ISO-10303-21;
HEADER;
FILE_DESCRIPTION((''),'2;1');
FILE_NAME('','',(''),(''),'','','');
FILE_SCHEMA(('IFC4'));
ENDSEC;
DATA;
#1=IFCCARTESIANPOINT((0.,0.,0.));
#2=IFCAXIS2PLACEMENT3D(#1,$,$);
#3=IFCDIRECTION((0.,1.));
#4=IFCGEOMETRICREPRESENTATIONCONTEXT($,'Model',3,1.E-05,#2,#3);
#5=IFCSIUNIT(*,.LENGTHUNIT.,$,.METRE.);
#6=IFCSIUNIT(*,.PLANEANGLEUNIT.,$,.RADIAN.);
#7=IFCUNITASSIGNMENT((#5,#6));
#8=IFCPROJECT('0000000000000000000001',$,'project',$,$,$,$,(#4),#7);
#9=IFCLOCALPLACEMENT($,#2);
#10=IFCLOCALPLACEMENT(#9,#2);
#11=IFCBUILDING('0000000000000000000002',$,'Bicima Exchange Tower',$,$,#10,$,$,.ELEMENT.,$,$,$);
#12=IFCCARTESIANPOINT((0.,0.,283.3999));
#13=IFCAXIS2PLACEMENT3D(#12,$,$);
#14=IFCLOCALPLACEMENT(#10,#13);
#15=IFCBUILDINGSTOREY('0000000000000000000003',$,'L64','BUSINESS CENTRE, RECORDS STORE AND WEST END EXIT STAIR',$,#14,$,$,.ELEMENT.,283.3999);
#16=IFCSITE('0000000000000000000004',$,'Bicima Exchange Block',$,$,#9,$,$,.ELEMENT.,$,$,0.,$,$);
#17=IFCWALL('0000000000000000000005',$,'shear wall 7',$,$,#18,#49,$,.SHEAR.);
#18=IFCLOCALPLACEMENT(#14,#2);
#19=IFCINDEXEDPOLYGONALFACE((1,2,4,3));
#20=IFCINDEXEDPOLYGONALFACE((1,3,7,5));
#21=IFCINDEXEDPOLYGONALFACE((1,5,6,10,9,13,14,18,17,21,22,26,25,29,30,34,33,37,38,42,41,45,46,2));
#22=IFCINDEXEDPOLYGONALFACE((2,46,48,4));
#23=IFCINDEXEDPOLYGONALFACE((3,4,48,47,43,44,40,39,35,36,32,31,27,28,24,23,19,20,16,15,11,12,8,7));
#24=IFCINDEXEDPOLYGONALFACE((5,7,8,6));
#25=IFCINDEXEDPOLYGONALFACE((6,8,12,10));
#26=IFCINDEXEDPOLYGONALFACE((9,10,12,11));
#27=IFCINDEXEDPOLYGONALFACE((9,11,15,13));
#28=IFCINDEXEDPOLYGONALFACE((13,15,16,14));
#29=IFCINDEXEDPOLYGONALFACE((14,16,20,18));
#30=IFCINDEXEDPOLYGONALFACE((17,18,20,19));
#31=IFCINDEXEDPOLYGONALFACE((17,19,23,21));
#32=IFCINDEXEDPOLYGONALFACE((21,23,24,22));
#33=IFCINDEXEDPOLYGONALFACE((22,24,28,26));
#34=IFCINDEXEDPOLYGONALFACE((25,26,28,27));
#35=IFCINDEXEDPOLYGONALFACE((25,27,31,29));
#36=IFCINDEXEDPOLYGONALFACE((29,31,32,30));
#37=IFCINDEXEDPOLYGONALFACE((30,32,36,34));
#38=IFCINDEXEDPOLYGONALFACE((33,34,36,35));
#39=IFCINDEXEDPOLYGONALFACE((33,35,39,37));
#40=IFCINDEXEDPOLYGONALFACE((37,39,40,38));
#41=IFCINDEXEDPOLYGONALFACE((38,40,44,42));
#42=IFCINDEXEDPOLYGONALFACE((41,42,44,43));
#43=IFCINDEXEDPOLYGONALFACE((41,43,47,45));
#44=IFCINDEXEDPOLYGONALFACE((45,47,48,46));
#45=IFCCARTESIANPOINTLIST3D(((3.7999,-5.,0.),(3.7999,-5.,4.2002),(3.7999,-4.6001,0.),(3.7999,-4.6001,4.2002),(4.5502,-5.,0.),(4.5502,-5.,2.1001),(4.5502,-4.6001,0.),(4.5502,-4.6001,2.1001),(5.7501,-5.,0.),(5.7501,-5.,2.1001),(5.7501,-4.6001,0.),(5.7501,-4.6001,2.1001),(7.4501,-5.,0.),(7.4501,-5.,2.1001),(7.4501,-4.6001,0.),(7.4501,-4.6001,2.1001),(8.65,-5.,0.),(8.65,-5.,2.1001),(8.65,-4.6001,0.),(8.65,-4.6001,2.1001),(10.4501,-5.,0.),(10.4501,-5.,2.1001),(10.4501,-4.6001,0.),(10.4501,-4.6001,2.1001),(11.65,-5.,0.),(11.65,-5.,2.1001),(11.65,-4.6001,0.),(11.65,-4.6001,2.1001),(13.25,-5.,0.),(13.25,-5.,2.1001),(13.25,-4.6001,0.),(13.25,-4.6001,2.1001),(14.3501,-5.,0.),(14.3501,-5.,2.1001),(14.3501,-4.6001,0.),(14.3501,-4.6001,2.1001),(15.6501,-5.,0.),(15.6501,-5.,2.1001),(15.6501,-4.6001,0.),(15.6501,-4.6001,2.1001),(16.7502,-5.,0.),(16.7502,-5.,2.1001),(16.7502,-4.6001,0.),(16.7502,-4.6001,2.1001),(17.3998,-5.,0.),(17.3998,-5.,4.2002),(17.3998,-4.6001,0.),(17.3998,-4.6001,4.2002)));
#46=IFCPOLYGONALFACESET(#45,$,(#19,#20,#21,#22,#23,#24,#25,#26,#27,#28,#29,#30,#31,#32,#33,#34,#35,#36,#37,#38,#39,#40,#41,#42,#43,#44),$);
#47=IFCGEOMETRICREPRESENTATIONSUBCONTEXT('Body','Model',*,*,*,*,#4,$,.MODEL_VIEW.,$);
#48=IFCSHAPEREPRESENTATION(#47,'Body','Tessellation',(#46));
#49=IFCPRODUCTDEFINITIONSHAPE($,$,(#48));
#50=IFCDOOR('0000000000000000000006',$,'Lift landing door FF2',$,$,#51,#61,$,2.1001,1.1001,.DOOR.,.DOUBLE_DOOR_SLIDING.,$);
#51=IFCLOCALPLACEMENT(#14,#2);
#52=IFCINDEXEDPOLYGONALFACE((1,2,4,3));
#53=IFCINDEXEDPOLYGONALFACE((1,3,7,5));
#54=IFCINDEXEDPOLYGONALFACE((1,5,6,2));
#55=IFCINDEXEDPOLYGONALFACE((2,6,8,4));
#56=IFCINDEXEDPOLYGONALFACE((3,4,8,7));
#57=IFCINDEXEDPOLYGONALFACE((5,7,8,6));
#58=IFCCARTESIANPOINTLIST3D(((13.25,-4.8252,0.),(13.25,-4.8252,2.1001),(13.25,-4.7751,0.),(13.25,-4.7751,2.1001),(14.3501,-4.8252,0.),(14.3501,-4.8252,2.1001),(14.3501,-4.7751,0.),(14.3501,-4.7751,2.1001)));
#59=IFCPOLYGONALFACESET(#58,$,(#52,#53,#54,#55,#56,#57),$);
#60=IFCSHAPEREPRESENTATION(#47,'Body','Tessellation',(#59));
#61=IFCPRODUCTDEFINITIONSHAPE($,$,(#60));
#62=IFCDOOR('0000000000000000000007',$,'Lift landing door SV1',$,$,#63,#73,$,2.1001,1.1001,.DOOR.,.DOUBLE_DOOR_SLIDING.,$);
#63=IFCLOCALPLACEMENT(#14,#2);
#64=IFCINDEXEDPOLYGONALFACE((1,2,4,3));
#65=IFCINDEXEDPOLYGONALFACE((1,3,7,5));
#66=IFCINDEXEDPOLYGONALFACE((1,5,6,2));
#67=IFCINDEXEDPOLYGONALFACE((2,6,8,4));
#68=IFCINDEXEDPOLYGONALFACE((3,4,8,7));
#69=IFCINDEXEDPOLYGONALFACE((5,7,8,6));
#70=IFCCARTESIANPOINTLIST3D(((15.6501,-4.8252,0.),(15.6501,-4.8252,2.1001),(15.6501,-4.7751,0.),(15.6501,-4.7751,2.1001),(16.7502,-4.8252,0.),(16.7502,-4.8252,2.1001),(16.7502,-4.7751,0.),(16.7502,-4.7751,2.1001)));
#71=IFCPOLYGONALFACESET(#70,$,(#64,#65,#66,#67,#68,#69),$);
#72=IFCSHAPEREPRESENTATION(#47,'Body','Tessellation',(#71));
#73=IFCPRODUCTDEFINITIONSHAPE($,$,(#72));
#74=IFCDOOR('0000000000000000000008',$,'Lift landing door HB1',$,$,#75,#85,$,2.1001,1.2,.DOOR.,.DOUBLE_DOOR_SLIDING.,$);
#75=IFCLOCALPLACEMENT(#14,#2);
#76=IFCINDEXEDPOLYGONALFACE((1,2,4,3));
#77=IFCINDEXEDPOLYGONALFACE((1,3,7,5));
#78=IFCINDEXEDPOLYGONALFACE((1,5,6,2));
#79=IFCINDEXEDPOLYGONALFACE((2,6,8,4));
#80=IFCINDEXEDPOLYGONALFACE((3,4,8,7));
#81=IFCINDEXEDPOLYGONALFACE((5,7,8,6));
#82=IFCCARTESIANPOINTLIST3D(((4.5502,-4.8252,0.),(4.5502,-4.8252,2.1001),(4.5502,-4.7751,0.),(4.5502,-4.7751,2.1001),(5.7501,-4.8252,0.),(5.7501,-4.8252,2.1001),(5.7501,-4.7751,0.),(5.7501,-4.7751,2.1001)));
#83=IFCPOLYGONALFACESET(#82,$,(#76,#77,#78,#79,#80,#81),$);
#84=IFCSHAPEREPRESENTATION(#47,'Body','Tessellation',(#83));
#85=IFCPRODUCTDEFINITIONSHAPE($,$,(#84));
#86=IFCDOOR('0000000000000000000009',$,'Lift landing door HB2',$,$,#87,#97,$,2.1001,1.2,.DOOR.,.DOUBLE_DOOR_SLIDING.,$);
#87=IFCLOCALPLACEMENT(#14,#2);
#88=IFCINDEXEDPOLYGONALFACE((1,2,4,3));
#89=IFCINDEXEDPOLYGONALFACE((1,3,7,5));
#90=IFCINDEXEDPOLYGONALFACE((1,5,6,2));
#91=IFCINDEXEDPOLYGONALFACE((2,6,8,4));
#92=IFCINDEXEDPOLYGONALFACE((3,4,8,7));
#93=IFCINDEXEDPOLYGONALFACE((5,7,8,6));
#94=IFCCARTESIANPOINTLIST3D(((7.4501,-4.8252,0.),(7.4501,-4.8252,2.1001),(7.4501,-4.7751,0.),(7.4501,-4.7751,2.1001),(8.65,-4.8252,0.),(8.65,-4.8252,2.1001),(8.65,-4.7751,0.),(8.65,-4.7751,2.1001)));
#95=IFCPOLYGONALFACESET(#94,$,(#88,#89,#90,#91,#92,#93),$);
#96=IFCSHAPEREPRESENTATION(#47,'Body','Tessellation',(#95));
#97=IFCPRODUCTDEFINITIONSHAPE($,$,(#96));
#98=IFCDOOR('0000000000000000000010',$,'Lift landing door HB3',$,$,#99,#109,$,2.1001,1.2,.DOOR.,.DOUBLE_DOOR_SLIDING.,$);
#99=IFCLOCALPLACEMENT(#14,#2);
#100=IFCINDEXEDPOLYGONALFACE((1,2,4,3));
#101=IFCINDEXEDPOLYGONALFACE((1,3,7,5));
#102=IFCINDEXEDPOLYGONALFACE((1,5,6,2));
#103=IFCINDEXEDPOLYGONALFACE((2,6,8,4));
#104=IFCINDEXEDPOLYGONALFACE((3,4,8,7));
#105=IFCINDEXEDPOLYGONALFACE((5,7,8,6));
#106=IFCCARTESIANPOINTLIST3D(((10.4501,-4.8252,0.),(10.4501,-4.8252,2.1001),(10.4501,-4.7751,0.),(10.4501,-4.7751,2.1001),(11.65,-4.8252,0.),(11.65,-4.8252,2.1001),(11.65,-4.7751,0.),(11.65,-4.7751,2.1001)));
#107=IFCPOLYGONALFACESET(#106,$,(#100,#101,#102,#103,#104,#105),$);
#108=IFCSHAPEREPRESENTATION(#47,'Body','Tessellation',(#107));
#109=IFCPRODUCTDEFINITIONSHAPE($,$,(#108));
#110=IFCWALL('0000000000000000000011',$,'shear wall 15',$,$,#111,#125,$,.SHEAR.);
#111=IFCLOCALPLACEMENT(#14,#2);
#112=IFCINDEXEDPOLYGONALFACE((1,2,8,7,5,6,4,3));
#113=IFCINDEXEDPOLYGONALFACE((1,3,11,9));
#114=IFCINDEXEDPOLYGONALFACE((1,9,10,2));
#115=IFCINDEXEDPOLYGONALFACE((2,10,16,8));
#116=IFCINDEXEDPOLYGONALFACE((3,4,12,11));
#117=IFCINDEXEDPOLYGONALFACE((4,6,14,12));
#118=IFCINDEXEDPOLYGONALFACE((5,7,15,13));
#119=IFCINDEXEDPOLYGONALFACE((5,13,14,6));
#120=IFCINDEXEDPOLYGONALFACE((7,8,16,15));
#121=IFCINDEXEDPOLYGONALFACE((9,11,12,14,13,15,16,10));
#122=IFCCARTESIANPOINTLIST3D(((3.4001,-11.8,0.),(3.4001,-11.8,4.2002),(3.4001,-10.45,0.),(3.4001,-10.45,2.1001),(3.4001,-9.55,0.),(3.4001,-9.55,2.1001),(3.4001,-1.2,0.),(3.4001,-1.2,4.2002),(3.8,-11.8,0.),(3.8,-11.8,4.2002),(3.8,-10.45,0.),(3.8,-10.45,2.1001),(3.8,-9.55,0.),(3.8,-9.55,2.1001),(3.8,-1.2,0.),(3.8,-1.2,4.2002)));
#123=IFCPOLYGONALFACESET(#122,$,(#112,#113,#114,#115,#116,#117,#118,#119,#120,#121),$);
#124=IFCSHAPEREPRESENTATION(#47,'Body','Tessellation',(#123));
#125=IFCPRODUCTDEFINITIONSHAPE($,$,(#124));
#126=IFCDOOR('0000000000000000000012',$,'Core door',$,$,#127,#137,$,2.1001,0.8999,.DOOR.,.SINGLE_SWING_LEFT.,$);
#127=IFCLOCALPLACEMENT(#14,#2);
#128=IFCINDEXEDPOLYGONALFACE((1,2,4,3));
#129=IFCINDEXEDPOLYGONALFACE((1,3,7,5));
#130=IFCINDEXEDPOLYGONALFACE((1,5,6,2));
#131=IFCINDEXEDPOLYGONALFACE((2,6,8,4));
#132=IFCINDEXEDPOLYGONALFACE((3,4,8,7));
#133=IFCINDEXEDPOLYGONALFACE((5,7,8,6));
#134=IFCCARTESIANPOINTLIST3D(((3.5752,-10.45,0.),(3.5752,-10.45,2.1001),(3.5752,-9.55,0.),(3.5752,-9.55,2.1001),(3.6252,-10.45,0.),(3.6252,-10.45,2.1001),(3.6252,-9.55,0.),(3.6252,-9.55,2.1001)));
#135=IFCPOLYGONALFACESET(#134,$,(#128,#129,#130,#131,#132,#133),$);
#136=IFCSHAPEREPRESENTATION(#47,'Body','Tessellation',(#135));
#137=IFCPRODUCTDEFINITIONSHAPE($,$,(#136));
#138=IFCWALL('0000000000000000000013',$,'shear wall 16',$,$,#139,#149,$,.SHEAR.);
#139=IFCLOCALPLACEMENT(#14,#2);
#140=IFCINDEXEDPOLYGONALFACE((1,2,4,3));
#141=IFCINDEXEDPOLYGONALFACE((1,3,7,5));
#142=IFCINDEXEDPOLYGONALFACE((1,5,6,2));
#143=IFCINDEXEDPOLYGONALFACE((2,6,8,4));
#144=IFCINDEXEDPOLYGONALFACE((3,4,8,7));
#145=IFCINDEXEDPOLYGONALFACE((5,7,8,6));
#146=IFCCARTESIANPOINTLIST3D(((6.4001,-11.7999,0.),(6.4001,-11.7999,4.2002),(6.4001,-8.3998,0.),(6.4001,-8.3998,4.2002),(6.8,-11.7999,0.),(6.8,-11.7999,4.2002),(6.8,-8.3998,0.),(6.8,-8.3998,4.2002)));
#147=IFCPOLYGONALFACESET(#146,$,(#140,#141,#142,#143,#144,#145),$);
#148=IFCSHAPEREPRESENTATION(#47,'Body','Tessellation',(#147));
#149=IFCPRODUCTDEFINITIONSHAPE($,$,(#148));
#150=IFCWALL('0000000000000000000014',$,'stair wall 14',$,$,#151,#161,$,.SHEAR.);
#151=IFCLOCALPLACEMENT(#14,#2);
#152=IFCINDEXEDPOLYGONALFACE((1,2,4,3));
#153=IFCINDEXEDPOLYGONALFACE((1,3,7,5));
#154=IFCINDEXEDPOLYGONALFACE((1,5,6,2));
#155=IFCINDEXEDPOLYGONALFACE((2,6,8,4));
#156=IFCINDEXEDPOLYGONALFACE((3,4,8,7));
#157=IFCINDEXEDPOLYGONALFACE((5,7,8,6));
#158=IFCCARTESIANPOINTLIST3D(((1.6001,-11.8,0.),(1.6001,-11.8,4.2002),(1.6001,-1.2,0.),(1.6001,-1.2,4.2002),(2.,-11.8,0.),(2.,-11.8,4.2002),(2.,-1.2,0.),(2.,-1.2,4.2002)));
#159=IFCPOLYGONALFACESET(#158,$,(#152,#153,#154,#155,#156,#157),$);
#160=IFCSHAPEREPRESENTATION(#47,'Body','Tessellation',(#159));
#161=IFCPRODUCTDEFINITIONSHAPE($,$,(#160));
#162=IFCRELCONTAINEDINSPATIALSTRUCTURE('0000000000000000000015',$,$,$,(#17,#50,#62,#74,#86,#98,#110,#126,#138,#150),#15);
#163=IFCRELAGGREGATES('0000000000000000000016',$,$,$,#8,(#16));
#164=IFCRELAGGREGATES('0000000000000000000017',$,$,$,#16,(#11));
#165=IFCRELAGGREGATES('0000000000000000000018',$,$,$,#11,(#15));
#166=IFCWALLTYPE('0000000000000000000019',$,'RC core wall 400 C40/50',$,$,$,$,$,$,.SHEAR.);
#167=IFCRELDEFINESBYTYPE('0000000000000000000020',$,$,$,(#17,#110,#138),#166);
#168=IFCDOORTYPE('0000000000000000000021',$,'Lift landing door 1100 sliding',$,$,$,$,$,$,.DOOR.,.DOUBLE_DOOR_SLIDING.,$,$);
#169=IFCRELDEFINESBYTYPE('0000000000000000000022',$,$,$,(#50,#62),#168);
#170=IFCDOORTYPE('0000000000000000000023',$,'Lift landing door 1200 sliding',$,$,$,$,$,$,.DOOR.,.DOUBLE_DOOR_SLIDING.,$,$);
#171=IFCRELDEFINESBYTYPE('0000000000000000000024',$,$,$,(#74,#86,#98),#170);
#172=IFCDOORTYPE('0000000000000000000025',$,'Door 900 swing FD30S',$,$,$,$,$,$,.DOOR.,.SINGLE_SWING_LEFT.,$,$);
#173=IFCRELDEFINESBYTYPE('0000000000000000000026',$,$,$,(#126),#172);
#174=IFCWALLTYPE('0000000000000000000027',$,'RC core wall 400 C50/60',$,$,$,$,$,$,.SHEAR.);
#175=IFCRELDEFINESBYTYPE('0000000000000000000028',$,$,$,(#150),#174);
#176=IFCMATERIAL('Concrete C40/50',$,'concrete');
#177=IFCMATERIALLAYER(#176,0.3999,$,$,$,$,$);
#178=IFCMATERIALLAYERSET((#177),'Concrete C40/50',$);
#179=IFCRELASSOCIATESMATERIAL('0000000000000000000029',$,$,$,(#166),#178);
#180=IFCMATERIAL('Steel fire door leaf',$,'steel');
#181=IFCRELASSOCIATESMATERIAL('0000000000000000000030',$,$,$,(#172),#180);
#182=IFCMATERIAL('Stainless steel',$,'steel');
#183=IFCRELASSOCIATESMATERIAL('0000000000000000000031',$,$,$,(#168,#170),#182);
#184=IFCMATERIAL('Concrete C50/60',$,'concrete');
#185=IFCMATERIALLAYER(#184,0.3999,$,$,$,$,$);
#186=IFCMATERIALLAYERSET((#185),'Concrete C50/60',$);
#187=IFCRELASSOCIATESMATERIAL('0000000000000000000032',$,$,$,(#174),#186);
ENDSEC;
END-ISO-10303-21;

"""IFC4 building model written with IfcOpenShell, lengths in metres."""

from ifc_helpers import new_model, si_unit, direction, frame, frame_2d, origin, place, context, subcontext, project, spatial, rectangle, extrude, material, layer, layer_set, type_object, element, fill, save


model = new_model("IFC4")

# Units and contexts
model_context = context("Model", 3, precision=1e-05, world=origin(), true_north=direction((0.0, 1.0)))
body_context = subcontext(model_context, "Body", "Model", "MODEL_VIEW")
ifc_project = project(units=[si_unit("LENGTHUNIT", "METRE"), si_unit("PLANEANGLEUNIT", "RADIAN")], contexts=[model_context])

# Site, building, storey
site_placement = place(None, origin())
site = spatial("IfcSite", under=ifc_project, at=site_placement, Name="Bicima Exchange Block", CompositionType="ELEMENT", RefElevation=0.0)
building_placement = place(site_placement, origin())
building = spatial("IfcBuilding", under=site, at=building_placement, Name="Bicima Exchange Tower", CompositionType="ELEMENT")
storey_placement = place(building_placement, frame((0.0, 0.0, 283.3999)))
storey = spatial("IfcBuildingStorey", under=building, at=storey_placement, Name="L64", Description="BUSINESS CENTRE, RECORDS STORE AND WEST END EXIT STAIR", CompositionType="ELEMENT", Elevation=283.3999)

# Shared definitions
ifc_material_1 = material(Name="Concrete C50/60", Category="concrete")

# Shared definitions
ifc_material_2 = material(Name="Concrete C40/50", Category="concrete")
ifc_layer_1 = layer(ifc_material_2, 0.3999)
ifc_layer_set_1 = layer_set([ifc_layer_1], Name="Concrete C40/50")
wall_type_1 = type_object("IfcWallType", Name="RC core wall 400 C40/50", PredefinedType="SHEAR", material=ifc_layer_set_1)
ifc_material_3 = material(Name="Steel fire door leaf", Category="steel")
door_type_1 = type_object("IfcDoorType", Name="Door 900 swing FD30S", OperationType="SINGLE_SWING_LEFT", PredefinedType="DOOR", material=ifc_material_3)

# Wall, openings, doors
wall_1_placement = place(storey_placement, frame((3.8, -4.8, 0.0), z_axis=(0.0, 0.0, 1.0), x_axis=(1.0, 0.0, 0.0)))
wall_1 = element("IfcWall", 1, at=wall_1_placement, inside=storey, type_object=wall_type_1, Name="shear wall 7", PredefinedType="SHEAR", context=body_context, shape_type="SweptSolid", body=[
    extrude(rectangle(XDim=13.5999, YDim=0.3999, at=frame_2d((6.7998, 0.0))), origin(), (0.0, 0.0, 1.0), 4.2002),
])
opening_1_placement = place(wall_1_placement, frame((0.75, 0.0, 0.0)))
opening_1 = element("IfcOpeningElement", 2, at=opening_1_placement, cuts=wall_1, PredefinedType="OPENING", context=body_context, shape_type="SweptSolid", body=[
    extrude(rectangle(XDim=1.2, YDim=2.1001, at=frame_2d((0.6001, 1.05))), frame((0.0, 0.2119, 0.0), z_axis=(0.0, -1.0, 0.0), x_axis=(1.0, 0.0, 0.0)), (0.0, 0.0, 1.0), 0.4238),
])
opening_2_placement = place(wall_1_placement, frame((3.6499, 0.0, 0.0)))
opening_2 = element("IfcOpeningElement", 3, at=opening_2_placement, cuts=wall_1, PredefinedType="OPENING", context=body_context, shape_type="SweptSolid", body=[
    extrude(rectangle(XDim=1.2, YDim=2.1001, at=frame_2d((0.6001, 1.05))), frame((0.0, 0.2119, 0.0), z_axis=(0.0, -1.0, 0.0), x_axis=(1.0, 0.0, 0.0)), (0.0, 0.0, 1.0), 0.4238),
])
opening_3_placement = place(wall_1_placement, frame((6.6499, 0.0, 0.0)))
opening_3 = element("IfcOpeningElement", 4, at=opening_3_placement, cuts=wall_1, PredefinedType="OPENING", context=body_context, shape_type="SweptSolid", body=[
    extrude(rectangle(XDim=1.2, YDim=2.1001, at=frame_2d((0.6001, 1.05))), frame((0.0, 0.2119, 0.0), z_axis=(0.0, -1.0, 0.0), x_axis=(1.0, 0.0, 0.0)), (0.0, 0.0, 1.0), 0.4238),
])
opening_4_placement = place(wall_1_placement, frame((9.45, 0.0, 0.0)))
opening_4 = element("IfcOpeningElement", 5, at=opening_4_placement, cuts=wall_1, PredefinedType="OPENING", context=body_context, shape_type="SweptSolid", body=[
    extrude(rectangle(XDim=1.1001, YDim=2.1001, at=frame_2d((0.55, 1.05))), frame((0.0, 0.2119, 0.0), z_axis=(0.0, -1.0, 0.0), x_axis=(1.0, 0.0, 0.0)), (0.0, 0.0, 1.0), 0.4238),
])
opening_5_placement = place(wall_1_placement, frame((11.8501, 0.0, 0.0)))
opening_5 = element("IfcOpeningElement", 6, at=opening_5_placement, cuts=wall_1, PredefinedType="OPENING", context=body_context, shape_type="SweptSolid", body=[
    extrude(rectangle(XDim=1.1001, YDim=2.1001, at=frame_2d((0.55, 1.05))), frame((0.0, 0.2119, 0.0), z_axis=(0.0, -1.0, 0.0), x_axis=(1.0, 0.0, 0.0)), (0.0, 0.0, 1.0), 0.4238),
])
ifc_material_4 = material(Name="Stainless steel", Category="steel")
door_type_2 = type_object("IfcDoorType", Name="Lift landing door 1100 sliding", OperationType="DOUBLE_DOOR_SLIDING", PredefinedType="DOOR", material=ifc_material_4)
door_1_placement = place(opening_4_placement, origin())
door_1 = element("IfcDoor", 7, at=door_1_placement, inside=storey, type_object=door_type_2, Name="Lift landing door FF2", OperationType="DOUBLE_DOOR_SLIDING", OverallHeight=2.1001, OverallWidth=1.1001, PredefinedType="DOOR", context=body_context, shape_type="SweptSolid", body=[
    extrude(rectangle(XDim=1.1001, YDim=2.1001, at=frame_2d((0.55, 1.05))), frame((0.0, 0.0249, 0.0), z_axis=(0.0, -1.0, 0.0), x_axis=(1.0, 0.0, 0.0)), (0.0, 0.0, 1.0), 0.05),
])
fill(opening_4, door_1)
door_2_placement = place(opening_5_placement, origin())
door_2 = element("IfcDoor", 8, at=door_2_placement, inside=storey, type_object=door_type_2, Name="Lift landing door SV1", OperationType="DOUBLE_DOOR_SLIDING", OverallHeight=2.1001, OverallWidth=1.1001, PredefinedType="DOOR", context=body_context, shape_type="SweptSolid", body=[
    extrude(rectangle(XDim=1.1001, YDim=2.1001, at=frame_2d((0.55, 1.05))), frame((0.0, 0.0249, 0.0), z_axis=(0.0, -1.0, 0.0), x_axis=(1.0, 0.0, 0.0)), (0.0, 0.0, 1.0), 0.05),
])
fill(opening_5, door_2)
door_type_3 = type_object("IfcDoorType", Name="Lift landing door 1200 sliding", OperationType="DOUBLE_DOOR_SLIDING", PredefinedType="DOOR", material=ifc_material_4)
door_3_placement = place(opening_1_placement, origin())
door_3 = element("IfcDoor", 9, at=door_3_placement, inside=storey, type_object=door_type_3, Name="Lift landing door HB1", OperationType="DOUBLE_DOOR_SLIDING", OverallHeight=2.1001, OverallWidth=1.2, PredefinedType="DOOR", context=body_context, shape_type="SweptSolid", body=[
    extrude(rectangle(XDim=1.2, YDim=2.1001, at=frame_2d((0.6001, 1.05))), frame((0.0, 0.0249, 0.0), z_axis=(0.0, -1.0, 0.0), x_axis=(1.0, 0.0, 0.0)), (0.0, 0.0, 1.0), 0.05),
])
fill(opening_1, door_3)
door_4_placement = place(opening_2_placement, origin())
door_4 = element("IfcDoor", 10, at=door_4_placement, inside=storey, type_object=door_type_3, Name="Lift landing door HB2", OperationType="DOUBLE_DOOR_SLIDING", OverallHeight=2.1001, OverallWidth=1.2, PredefinedType="DOOR", context=body_context, shape_type="SweptSolid", body=[
    extrude(rectangle(XDim=1.2, YDim=2.1001, at=frame_2d((0.6001, 1.05))), frame((0.0, 0.0249, 0.0), z_axis=(0.0, -1.0, 0.0), x_axis=(1.0, 0.0, 0.0)), (0.0, 0.0, 1.0), 0.05),
])
fill(opening_2, door_4)
door_5_placement = place(opening_3_placement, origin())
door_5 = element("IfcDoor", 11, at=door_5_placement, inside=storey, type_object=door_type_3, Name="Lift landing door HB3", OperationType="DOUBLE_DOOR_SLIDING", OverallHeight=2.1001, OverallWidth=1.2, PredefinedType="DOOR", context=body_context, shape_type="SweptSolid", body=[
    extrude(rectangle(XDim=1.2, YDim=2.1001, at=frame_2d((0.6001, 1.05))), frame((0.0, 0.0249, 0.0), z_axis=(0.0, -1.0, 0.0), x_axis=(1.0, 0.0, 0.0)), (0.0, 0.0, 1.0), 0.05),
])
fill(opening_3, door_5)

# Wall, opening, door
wall_2_placement = place(storey_placement, frame((3.6001, -11.8, 0.0), z_axis=(0.0, 0.0, 1.0), x_axis=(0.0, 1.0, 0.0)))
wall_2 = element("IfcWall", 12, at=wall_2_placement, inside=storey, type_object=wall_type_1, Name="shear wall 15", PredefinedType="SHEAR", context=body_context, shape_type="SweptSolid", body=[
    extrude(rectangle(XDim=10.6001, YDim=0.3999, at=frame_2d((5.3, 0.0))), origin(), (0.0, 0.0, 1.0), 4.2002),
])
opening_6_placement = place(wall_2_placement, frame((1.3501, 0.0, 0.0)))
opening_6 = element("IfcOpeningElement", 13, at=opening_6_placement, cuts=wall_2, PredefinedType="OPENING", context=body_context, shape_type="SweptSolid", body=[
    extrude(rectangle(XDim=0.8999, YDim=2.1001, at=frame_2d((0.45, 1.05))), frame((0.0, 0.2119, 0.0), z_axis=(0.0, -1.0, 0.0), x_axis=(1.0, 0.0, 0.0)), (0.0, 0.0, 1.0), 0.4238),
])
door_6_placement = place(opening_6_placement, origin())
door_6 = element("IfcDoor", 14, at=door_6_placement, inside=storey, type_object=door_type_1, Name="Core door", OperationType="SINGLE_SWING_LEFT", OverallHeight=2.1001, OverallWidth=0.8999, PredefinedType="DOOR", context=body_context, shape_type="SweptSolid", body=[
    extrude(rectangle(XDim=0.8999, YDim=2.1001, at=frame_2d((0.45, 1.05))), frame((0.0, 0.0249, 0.0), z_axis=(0.0, -1.0, 0.0), x_axis=(1.0, 0.0, 0.0)), (0.0, 0.0, 1.0), 0.05),
])
fill(opening_6, door_6)

# Walls
wall_3_placement = place(storey_placement, frame((6.6001, -11.8, 0.0), z_axis=(0.0, 0.0, 1.0), x_axis=(0.0, 1.0, 0.0)))
element("IfcWall", 15, at=wall_3_placement, inside=storey, type_object=wall_type_1, Name="shear wall 16", PredefinedType="SHEAR", context=body_context, shape_type="SweptSolid", body=[
    extrude(rectangle(XDim=3.4001, YDim=0.3999, at=frame_2d((1.7002, 0.0))), origin(), (0.0, 0.0, 1.0), 4.2002),
])
ifc_layer_2 = layer(ifc_material_1, 0.3999)
ifc_layer_set_2 = layer_set([ifc_layer_2], Name="Concrete C50/60")
wall_type_2 = type_object("IfcWallType", Name="RC core wall 400 C50/60", PredefinedType="SHEAR", material=ifc_layer_set_2)
wall_4_placement = place(storey_placement, frame((1.8, -11.8, 0.0), z_axis=(0.0, 0.0, 1.0), x_axis=(0.0, 1.0, 0.0)))
element("IfcWall", 16, at=wall_4_placement, inside=storey, type_object=wall_type_2, Name="stair wall 14", PredefinedType="SHEAR", context=body_context, shape_type="SweptSolid", body=[
    extrude(rectangle(XDim=10.6001, YDim=0.3999, at=frame_2d((5.3, 0.0))), origin(), (0.0, 0.0, 1.0), 4.2002),
])

save(model, "model.ifc")
